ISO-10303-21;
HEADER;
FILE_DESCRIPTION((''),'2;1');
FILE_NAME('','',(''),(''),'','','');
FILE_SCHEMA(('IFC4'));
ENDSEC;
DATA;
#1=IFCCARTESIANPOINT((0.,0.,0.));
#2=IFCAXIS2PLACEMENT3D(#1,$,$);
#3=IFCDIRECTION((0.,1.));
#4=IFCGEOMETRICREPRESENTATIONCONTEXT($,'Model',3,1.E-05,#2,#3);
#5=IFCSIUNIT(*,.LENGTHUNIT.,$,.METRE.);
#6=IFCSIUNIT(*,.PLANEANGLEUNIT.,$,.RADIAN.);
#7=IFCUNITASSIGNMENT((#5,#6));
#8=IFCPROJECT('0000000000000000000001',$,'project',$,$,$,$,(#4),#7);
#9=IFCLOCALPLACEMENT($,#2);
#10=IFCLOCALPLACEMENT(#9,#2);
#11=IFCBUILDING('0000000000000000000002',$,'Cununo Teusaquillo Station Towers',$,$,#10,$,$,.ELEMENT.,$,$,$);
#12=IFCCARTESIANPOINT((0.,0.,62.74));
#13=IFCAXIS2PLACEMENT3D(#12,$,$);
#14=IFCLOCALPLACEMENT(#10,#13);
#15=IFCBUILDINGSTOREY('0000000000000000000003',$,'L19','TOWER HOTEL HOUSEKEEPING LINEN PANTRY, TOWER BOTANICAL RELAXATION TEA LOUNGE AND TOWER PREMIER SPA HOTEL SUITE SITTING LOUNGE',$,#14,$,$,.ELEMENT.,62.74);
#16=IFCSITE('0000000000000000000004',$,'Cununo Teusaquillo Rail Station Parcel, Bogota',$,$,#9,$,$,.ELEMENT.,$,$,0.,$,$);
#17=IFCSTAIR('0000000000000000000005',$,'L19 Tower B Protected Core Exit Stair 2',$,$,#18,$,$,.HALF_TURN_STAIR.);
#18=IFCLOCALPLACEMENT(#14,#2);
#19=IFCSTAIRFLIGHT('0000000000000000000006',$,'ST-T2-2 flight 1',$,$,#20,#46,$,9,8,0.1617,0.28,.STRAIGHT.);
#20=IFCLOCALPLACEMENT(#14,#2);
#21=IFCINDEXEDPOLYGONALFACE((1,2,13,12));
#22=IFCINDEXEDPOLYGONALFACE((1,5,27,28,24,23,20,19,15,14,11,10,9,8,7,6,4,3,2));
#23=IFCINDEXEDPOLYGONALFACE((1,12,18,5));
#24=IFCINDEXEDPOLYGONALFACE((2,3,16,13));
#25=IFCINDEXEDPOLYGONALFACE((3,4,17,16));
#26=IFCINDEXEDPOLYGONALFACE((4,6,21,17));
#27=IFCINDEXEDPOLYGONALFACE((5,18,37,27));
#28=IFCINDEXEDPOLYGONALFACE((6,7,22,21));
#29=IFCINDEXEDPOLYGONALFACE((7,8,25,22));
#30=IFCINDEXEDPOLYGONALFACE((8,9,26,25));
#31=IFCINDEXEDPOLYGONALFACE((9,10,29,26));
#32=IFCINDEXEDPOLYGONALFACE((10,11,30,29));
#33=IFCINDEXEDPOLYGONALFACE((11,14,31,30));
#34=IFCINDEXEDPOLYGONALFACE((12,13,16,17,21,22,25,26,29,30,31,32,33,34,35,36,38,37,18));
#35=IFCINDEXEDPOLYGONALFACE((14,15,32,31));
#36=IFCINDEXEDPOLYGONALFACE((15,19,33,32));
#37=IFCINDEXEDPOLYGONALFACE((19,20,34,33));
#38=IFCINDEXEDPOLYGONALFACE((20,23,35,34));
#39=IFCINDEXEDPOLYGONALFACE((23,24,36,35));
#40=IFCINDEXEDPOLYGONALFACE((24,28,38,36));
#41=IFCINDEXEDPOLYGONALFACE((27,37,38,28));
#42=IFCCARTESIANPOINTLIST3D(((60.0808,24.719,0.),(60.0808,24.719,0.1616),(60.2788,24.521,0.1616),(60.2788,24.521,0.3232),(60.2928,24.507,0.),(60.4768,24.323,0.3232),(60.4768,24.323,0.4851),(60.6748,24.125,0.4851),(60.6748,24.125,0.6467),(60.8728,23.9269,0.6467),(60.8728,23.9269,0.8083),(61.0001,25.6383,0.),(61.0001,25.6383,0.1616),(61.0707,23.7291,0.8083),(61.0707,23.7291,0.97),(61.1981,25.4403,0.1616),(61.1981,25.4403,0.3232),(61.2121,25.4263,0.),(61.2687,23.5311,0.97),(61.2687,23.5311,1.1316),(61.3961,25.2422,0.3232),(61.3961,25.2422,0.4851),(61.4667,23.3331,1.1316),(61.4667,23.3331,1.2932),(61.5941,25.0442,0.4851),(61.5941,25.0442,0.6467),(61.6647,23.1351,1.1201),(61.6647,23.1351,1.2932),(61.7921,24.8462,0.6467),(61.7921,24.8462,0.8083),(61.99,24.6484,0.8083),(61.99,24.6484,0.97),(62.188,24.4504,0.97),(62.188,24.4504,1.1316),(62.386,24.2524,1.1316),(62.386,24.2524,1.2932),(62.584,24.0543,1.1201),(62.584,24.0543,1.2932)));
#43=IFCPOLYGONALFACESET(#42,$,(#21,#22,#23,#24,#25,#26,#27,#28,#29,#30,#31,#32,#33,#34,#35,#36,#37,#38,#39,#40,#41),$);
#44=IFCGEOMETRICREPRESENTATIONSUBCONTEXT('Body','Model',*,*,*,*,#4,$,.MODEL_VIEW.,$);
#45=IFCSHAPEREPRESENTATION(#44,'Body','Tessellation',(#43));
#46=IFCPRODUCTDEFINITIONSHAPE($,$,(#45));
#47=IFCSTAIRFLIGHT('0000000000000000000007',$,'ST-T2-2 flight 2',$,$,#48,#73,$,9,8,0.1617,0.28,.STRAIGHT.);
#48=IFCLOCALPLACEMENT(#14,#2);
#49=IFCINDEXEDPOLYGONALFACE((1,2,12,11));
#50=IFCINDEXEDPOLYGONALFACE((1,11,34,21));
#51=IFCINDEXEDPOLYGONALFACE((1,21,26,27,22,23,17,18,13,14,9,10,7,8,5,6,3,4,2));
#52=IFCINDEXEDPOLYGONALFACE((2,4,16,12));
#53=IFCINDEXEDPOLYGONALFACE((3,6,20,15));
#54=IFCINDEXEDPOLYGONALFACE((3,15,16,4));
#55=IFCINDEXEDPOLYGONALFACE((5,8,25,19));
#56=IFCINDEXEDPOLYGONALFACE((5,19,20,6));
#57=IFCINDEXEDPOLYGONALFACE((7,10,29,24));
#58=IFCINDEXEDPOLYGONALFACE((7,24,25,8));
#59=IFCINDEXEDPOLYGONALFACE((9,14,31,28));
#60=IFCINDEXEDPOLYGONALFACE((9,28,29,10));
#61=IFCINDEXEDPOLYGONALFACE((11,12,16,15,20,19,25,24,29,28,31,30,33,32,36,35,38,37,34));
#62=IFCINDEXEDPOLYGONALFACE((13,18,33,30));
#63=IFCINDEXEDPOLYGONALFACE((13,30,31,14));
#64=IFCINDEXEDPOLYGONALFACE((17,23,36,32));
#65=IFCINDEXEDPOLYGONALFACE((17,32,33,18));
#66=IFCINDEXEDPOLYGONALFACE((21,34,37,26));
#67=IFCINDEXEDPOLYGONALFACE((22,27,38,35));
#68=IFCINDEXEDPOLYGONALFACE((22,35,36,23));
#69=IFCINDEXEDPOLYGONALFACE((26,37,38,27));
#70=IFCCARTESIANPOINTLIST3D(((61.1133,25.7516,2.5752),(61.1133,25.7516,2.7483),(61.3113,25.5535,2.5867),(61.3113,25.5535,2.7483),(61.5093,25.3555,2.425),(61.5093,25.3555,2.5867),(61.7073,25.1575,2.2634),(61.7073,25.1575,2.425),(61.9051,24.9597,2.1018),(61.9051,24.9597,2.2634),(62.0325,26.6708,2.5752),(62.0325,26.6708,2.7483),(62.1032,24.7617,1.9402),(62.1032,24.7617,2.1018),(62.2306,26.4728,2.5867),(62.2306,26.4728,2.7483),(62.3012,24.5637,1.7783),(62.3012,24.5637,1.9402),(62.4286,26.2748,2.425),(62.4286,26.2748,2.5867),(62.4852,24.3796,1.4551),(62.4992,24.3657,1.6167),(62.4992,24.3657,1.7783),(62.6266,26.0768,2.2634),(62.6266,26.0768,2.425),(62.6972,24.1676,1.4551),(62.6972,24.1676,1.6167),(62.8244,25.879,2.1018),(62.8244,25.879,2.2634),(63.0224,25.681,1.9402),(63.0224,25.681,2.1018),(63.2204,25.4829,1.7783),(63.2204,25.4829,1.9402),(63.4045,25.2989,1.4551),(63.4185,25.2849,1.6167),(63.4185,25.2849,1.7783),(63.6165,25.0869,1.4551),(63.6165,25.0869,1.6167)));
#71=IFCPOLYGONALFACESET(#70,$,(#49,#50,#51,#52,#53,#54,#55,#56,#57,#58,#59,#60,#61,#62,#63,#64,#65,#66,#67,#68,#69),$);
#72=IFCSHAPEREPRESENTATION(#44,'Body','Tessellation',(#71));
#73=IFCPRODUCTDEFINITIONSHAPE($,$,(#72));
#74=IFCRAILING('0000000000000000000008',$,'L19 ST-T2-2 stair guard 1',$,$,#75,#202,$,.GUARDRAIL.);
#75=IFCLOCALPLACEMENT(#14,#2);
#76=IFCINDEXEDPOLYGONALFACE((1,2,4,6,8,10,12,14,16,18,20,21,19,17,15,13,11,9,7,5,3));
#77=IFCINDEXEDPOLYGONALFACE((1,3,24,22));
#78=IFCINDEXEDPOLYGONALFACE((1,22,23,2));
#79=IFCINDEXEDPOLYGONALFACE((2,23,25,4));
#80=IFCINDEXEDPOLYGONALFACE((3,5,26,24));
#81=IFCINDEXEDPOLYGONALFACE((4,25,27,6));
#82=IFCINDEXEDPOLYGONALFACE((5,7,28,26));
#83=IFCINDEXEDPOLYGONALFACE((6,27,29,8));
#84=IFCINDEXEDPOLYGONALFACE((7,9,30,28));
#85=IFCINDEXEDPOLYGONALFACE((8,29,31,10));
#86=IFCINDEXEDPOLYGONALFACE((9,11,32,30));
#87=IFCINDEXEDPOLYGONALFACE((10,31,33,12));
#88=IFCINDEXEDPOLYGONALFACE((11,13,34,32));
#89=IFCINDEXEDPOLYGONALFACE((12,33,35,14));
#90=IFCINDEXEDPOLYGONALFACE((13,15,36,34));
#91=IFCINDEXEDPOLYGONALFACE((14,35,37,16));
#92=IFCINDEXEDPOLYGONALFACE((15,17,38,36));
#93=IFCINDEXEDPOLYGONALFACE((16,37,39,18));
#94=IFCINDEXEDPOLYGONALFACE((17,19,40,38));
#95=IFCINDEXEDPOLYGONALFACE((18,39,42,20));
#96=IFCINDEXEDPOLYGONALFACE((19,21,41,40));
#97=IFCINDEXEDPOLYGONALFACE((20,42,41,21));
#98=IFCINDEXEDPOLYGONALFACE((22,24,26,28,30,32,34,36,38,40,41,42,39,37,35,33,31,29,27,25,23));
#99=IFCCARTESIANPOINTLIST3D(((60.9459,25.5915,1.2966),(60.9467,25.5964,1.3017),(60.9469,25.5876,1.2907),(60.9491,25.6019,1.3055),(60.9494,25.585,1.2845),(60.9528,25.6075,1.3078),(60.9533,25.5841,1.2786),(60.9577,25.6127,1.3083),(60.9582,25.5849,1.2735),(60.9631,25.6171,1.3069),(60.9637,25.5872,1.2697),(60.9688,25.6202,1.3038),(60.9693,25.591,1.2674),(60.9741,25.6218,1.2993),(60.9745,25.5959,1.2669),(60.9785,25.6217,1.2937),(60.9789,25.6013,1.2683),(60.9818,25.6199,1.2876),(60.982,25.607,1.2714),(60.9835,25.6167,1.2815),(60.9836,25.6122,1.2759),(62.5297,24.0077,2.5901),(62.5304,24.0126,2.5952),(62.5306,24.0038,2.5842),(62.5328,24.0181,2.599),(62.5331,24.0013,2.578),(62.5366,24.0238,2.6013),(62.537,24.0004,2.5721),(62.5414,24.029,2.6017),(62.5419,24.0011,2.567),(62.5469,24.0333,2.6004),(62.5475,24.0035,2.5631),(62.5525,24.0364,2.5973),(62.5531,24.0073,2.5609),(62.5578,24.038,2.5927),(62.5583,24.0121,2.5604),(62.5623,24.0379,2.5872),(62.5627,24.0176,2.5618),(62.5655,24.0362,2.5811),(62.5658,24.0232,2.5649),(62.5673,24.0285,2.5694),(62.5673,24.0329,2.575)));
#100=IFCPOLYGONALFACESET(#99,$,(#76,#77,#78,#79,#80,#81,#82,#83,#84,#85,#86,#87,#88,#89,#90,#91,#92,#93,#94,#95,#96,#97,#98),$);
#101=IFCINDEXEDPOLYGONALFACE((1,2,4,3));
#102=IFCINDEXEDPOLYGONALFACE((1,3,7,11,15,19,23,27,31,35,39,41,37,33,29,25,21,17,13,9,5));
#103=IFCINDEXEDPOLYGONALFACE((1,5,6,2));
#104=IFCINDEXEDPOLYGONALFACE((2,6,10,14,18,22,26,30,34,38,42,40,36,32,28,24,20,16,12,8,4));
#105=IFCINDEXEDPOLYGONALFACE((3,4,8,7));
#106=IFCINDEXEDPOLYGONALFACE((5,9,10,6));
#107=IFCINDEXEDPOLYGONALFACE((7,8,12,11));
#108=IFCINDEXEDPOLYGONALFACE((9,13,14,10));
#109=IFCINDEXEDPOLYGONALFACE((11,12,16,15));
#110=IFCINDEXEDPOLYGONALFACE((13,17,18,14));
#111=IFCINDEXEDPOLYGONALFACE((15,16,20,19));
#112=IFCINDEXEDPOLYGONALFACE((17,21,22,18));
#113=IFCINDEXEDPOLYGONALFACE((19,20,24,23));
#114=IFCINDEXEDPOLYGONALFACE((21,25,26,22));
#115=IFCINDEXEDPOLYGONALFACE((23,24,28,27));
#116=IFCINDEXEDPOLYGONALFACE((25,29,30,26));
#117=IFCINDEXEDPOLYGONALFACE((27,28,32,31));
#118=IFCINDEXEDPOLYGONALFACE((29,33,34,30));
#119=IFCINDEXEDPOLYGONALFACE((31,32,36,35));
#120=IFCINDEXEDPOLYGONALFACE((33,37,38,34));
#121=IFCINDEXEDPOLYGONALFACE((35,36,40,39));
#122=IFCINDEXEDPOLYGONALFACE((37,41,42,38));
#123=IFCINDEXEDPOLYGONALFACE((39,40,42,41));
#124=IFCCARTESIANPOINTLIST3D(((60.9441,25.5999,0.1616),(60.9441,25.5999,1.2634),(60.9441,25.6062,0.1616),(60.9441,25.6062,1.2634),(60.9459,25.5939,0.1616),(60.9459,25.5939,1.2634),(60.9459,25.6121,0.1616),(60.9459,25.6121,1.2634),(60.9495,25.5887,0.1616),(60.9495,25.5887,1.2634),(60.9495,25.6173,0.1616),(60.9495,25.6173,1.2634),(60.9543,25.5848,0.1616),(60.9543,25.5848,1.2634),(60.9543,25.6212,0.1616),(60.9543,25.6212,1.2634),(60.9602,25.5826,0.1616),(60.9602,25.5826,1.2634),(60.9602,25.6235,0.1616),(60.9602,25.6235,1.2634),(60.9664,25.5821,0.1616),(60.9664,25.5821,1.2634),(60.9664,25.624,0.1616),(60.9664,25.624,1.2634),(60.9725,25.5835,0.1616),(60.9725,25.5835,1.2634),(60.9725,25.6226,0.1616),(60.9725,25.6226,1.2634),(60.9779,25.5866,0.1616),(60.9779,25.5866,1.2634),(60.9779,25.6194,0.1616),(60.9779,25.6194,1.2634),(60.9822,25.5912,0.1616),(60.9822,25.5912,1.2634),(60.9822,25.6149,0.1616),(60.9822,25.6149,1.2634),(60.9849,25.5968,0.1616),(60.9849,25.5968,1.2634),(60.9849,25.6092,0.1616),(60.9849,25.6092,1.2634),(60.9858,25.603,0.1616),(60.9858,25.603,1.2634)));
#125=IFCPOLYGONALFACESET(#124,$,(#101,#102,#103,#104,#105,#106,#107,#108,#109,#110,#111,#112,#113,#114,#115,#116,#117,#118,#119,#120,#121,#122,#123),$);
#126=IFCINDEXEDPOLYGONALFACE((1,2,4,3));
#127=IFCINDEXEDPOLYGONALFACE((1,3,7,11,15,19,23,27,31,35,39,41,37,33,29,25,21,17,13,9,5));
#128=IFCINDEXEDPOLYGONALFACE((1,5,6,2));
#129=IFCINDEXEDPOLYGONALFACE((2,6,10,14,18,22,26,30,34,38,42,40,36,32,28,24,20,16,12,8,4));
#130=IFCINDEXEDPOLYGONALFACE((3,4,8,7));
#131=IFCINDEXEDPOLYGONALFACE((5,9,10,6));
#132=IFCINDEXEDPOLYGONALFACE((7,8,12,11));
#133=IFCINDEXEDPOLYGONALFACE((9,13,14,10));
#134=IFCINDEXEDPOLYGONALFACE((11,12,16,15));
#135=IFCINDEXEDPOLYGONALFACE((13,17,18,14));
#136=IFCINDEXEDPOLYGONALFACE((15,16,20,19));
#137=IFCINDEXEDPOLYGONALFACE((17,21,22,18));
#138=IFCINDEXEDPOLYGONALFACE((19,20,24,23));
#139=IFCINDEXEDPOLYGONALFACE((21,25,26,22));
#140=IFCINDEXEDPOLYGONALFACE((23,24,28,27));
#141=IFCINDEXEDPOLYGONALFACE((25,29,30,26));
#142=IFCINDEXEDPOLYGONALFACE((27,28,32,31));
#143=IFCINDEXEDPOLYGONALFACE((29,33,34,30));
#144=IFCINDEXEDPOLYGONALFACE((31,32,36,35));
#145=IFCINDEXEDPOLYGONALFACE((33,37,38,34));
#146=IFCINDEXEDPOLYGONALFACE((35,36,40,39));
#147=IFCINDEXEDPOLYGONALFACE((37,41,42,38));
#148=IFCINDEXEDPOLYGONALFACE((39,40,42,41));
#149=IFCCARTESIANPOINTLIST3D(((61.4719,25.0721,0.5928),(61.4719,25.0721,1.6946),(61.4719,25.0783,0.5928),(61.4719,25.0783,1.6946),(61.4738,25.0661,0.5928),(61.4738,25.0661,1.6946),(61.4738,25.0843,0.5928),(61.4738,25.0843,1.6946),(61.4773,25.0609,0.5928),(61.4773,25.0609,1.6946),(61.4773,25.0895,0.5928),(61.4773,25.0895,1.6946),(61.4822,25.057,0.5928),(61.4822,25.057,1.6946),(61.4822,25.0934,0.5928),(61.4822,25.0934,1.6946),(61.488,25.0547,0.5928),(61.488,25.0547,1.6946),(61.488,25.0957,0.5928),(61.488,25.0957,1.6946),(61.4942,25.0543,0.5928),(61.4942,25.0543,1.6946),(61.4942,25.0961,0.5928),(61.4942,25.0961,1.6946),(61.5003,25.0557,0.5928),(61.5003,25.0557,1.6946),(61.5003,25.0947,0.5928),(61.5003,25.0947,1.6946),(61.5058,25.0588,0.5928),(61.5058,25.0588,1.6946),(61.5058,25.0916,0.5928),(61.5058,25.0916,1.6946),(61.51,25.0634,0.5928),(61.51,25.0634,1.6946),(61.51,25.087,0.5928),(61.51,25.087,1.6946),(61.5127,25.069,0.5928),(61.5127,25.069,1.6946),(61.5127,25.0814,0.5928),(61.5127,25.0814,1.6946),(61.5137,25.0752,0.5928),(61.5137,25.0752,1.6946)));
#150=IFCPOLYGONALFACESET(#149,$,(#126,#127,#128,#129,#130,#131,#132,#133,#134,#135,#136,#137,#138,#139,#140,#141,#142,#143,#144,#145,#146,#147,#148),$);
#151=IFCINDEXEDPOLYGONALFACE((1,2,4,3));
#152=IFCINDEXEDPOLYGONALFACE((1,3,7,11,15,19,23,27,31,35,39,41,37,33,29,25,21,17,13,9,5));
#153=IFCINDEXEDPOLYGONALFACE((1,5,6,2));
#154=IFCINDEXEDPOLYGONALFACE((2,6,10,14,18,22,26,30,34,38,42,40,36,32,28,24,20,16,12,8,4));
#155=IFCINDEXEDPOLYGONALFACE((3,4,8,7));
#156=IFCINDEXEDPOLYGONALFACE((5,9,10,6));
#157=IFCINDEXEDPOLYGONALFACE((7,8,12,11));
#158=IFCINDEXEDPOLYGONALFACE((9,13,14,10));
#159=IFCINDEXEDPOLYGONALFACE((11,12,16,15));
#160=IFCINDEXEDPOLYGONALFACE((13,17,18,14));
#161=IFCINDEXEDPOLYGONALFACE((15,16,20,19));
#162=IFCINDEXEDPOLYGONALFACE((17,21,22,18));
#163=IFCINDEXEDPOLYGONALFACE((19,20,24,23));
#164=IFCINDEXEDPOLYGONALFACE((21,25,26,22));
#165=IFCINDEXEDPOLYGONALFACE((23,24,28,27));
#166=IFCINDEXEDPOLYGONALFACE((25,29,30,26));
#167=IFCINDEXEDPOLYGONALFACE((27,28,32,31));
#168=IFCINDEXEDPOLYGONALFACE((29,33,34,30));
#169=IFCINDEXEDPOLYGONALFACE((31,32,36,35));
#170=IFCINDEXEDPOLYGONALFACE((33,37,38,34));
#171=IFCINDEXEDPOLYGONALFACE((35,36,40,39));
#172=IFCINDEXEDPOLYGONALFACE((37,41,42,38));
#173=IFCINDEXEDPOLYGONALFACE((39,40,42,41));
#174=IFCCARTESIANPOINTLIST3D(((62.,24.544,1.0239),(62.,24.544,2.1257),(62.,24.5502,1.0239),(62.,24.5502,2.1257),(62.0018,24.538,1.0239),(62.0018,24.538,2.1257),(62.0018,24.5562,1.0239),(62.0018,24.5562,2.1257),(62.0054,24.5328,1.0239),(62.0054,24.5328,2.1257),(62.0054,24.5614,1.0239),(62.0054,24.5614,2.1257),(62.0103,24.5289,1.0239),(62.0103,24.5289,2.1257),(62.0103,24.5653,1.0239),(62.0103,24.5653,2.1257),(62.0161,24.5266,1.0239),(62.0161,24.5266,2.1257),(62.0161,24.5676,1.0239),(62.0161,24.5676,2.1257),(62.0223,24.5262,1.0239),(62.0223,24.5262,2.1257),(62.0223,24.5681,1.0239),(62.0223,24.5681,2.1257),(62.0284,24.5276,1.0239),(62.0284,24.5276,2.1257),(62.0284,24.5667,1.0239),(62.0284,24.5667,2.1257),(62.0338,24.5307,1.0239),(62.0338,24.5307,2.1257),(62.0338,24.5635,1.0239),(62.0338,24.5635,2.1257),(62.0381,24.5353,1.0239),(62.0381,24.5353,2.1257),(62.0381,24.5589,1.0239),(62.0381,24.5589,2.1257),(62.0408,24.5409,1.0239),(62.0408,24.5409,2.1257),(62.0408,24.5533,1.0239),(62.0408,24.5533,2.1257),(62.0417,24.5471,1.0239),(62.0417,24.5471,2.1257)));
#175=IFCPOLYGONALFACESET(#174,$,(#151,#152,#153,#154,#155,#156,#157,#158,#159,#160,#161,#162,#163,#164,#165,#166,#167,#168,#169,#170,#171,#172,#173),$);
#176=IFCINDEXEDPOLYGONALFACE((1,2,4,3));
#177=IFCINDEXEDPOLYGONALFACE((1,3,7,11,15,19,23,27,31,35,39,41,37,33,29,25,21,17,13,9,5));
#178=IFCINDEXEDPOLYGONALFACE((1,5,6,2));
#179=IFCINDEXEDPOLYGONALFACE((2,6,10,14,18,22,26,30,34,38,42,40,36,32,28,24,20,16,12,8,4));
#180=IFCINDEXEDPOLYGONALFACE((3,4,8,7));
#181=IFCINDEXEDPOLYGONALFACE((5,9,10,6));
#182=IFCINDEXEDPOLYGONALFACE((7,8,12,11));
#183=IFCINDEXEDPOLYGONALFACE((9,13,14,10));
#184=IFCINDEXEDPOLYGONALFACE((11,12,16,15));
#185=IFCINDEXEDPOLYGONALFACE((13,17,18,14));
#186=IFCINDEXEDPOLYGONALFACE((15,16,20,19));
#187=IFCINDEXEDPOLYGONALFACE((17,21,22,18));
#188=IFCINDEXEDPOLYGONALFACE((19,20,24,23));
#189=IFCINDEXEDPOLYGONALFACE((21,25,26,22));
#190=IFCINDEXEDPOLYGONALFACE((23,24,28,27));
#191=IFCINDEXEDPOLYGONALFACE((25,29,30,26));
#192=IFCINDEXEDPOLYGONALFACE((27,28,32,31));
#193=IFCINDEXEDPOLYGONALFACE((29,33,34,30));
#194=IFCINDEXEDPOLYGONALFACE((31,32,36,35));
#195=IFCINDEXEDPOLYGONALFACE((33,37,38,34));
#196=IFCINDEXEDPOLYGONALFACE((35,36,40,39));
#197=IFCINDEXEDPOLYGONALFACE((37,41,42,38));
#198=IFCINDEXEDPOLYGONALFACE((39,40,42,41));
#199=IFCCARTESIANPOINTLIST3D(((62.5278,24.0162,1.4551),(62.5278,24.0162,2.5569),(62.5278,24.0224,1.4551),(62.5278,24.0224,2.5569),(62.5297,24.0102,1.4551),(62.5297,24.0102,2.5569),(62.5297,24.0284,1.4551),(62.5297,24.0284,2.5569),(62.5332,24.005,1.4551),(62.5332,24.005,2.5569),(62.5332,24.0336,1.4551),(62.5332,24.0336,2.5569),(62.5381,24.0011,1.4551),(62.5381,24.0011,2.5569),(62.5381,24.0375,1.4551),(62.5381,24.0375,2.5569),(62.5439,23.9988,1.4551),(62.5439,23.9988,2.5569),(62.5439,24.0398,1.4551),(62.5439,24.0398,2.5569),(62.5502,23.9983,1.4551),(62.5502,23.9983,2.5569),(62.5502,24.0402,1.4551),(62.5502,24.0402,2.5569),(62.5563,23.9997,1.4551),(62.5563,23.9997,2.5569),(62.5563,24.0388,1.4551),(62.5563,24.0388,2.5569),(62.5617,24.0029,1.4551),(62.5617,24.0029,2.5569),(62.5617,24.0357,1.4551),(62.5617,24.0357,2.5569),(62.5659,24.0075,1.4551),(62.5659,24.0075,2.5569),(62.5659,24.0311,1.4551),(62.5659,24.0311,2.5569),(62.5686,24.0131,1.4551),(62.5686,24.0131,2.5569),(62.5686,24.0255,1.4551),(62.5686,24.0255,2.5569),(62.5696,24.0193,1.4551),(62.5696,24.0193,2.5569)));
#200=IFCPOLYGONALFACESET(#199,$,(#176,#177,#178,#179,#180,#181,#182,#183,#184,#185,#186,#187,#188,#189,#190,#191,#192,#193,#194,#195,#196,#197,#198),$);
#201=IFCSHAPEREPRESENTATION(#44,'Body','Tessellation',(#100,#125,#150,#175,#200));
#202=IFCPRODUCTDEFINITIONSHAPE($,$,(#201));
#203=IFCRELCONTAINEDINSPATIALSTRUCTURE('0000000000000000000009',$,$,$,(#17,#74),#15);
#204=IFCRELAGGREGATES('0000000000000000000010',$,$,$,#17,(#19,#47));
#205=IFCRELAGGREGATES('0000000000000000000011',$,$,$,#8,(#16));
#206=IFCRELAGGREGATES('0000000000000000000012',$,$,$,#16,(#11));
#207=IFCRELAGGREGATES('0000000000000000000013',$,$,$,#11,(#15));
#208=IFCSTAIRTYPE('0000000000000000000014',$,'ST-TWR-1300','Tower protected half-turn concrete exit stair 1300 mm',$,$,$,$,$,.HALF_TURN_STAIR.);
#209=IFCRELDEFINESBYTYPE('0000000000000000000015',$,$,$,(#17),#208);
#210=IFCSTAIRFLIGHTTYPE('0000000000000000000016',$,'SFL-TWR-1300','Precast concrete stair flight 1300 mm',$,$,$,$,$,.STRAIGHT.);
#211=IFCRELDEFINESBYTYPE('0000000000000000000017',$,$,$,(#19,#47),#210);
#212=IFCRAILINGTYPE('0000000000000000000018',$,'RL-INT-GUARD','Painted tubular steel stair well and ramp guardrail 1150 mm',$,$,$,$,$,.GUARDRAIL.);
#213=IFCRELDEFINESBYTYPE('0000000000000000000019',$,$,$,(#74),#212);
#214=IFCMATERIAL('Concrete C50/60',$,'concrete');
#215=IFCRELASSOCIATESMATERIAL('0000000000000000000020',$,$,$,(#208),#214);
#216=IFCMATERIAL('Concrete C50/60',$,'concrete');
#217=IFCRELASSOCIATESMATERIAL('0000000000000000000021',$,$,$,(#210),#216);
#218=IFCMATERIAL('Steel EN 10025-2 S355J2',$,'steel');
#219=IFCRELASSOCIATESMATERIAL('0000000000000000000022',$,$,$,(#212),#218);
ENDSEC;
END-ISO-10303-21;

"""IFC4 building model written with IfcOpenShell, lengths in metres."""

from ifc_helpers import new_model, si_unit, direction, frame, origin, origin_2d, place, context, subcontext, project, spatial, polyline, circle, outline, extrude, material, type_object, element, aggregate, save


model = new_model("IFC4")

# Units and contexts
model_context = context("Model", 3, precision=1e-05, world=origin(), true_north=direction((0.0, 1.0)))
body_context = subcontext(model_context, "Body", "Model", "MODEL_VIEW")
ifc_project = project(units=[si_unit("LENGTHUNIT", "METRE"), si_unit("PLANEANGLEUNIT", "RADIAN")], contexts=[model_context])

# Site, building, storey
site_placement = place(None, origin())
site = spatial("IfcSite", under=ifc_project, at=site_placement, Name="Cununo Teusaquillo Rail Station Parcel, Bogota", CompositionType="ELEMENT", RefElevation=0.0)
building_placement = place(site_placement, origin())
building = spatial("IfcBuilding", under=site, at=building_placement, Name="Cununo Teusaquillo Station Towers", CompositionType="ELEMENT")
storey_placement = place(building_placement, frame((0.0, 0.0, 62.74)))
storey = spatial("IfcBuildingStorey", under=building, at=storey_placement, Name="L19", Description="TOWER HOTEL HOUSEKEEPING LINEN PANTRY, TOWER BOTANICAL RELAXATION TEA LOUNGE AND TOWER PREMIER SPA HOTEL SUITE SITTING LOUNGE", CompositionType="ELEMENT", Elevation=62.74)

# Stair, stair flights
ifc_material_1 = material(Name="Concrete C50/60", Category="concrete")
stair_type = type_object("IfcStairType", Name="ST-TWR-1300", Description="Tower protected half-turn concrete exit stair 1300 mm", PredefinedType="HALF_TURN_STAIR", material=ifc_material_1)
stair_placement = place(storey_placement, origin())
stair = element("IfcStair", 1, at=stair_placement, inside=storey, type_object=stair_type, Name="L19 Tower B Protected Core Exit Stair 2", PredefinedType="HALF_TURN_STAIR")
ifc_material_2 = material(Name="Concrete C50/60", Category="concrete")
stair_flight_type = type_object("IfcStairFlightType", Name="SFL-TWR-1300", Description="Precast concrete stair flight 1300 mm", PredefinedType="STRAIGHT", material=ifc_material_2)
stair_flight_1_placement = place(storey_placement, frame((60.5405, 25.1787, 0.0), z_axis=(0.0, 0.0, 1.0), x_axis=(0.707107, -0.707107, 0.0)))
stair_flight_1 = element("IfcStairFlight", 2, at=stair_flight_1_placement, type_object=stair_flight_type, Name="ST-T2-2 flight 1", NumberOfRisers=9, NumberOfTreads=8, PredefinedType="STRAIGHT", RiserHeight=0.1617, TreadLength=0.28, context=body_context, shape_type="SweptSolid", body=[
    extrude(outline(polyline([(0.0, 0.0), (0.0, 0.1616), (0.28, 0.1616), (0.28, 0.3232), (0.5601, 0.3232), (0.5601, 0.4851), (0.8401, 0.4851), (0.8401, 0.6467), (1.1201, 0.6467), (1.1201, 0.8083), (1.3999, 0.8083), (1.3999, 0.97), (1.6799, 0.97), (1.6799, 1.1316), (1.96, 1.1316), (1.96, 1.2932), (2.24, 1.2932), (2.24, 1.4551), (2.24, 1.1201), (0.2998, 0.0), (0.0, 0.0)])), frame((0.0, 0.6499, 0.0), z_axis=(0.0, -1.0, 0.0), x_axis=(1.0, 0.0, 0.0)), (0.0, 0.0, 1.0), 1.3),
])
stair_flight_2_placement = place(storey_placement, frame((63.1567, 24.6272, 1.4551), z_axis=(0.0, 0.0, 1.0), x_axis=(-0.707107, 0.707107, 0.0)))
stair_flight_2 = element("IfcStairFlight", 3, at=stair_flight_2_placement, type_object=stair_flight_type, Name="ST-T2-2 flight 2", NumberOfRisers=9, NumberOfTreads=8, PredefinedType="STRAIGHT", RiserHeight=0.1617, TreadLength=0.28, context=body_context, shape_type="SweptSolid", body=[
    extrude(outline(polyline([(0.0, 0.0), (0.0, 0.1616), (0.28, 0.1616), (0.28, 0.3232), (0.5601, 0.3232), (0.5601, 0.4851), (0.8401, 0.4851), (0.8401, 0.6467), (1.1201, 0.6467), (1.1201, 0.8083), (1.3999, 0.8083), (1.3999, 0.97), (1.6799, 0.97), (1.6799, 1.1316), (1.96, 1.1316), (1.96, 1.2932), (2.24, 1.2932), (2.24, 1.4551), (2.24, 1.1201), (0.2998, 0.0), (0.0, 0.0)])), frame((0.0, 0.6499, 0.0), z_axis=(0.0, -1.0, 0.0), x_axis=(1.0, 0.0, 0.0)), (0.0, 0.0, 1.0), 1.3),
])
aggregate(stair, [stair_flight_1, stair_flight_2])

# Railing
ifc_material_3 = material(Name="Steel EN 10025-2 S355J2", Category="steel")
railing_type_1 = type_object("IfcRailingType", Name="RL-INT-GUARD", Description="Painted tubular steel stair well and ramp guardrail 1150 mm", PredefinedType="GUARDRAIL", material=ifc_material_3)
railing_1_placement = place(storey_placement, frame((60.9648, 25.603, 0.1616)))
element("IfcRailing", 4, at=railing_1_placement, inside=storey, type_object=railing_type_1, Name="L19 ST-T2-2 stair guard 1", PredefinedType="GUARDRAIL", context=body_context, shape_type="SweptSolid", body=[
    extrude(circle(Radius=0.0239, at=origin_2d()), frame((0.0, 0.0, 1.126), z_axis=(0.612332, -0.612332, 0.500098), x_axis=(0.707107, 0.707107, 0.0)), (0.0, 0.0, 1.0), 2.5864),
    extrude(circle(Radius=0.021, at=origin_2d()), origin(), (0.0, 0.0, 1.0), 1.1018),
    extrude(circle(Radius=0.021, at=origin_2d()), frame((0.5278, -0.5278, 0.4312)), (0.0, 0.0, 1.0), 1.1018),
    extrude(circle(Radius=0.021, at=origin_2d()), frame((1.0559, -1.0559, 0.8623)), (0.0, 0.0, 1.0), 1.1018),
    extrude(circle(Radius=0.021, at=origin_2d()), frame((1.5837, -1.5837, 1.2935)), (0.0, 0.0, 1.0), 1.1018),
])

save(model, "model.ifc")
